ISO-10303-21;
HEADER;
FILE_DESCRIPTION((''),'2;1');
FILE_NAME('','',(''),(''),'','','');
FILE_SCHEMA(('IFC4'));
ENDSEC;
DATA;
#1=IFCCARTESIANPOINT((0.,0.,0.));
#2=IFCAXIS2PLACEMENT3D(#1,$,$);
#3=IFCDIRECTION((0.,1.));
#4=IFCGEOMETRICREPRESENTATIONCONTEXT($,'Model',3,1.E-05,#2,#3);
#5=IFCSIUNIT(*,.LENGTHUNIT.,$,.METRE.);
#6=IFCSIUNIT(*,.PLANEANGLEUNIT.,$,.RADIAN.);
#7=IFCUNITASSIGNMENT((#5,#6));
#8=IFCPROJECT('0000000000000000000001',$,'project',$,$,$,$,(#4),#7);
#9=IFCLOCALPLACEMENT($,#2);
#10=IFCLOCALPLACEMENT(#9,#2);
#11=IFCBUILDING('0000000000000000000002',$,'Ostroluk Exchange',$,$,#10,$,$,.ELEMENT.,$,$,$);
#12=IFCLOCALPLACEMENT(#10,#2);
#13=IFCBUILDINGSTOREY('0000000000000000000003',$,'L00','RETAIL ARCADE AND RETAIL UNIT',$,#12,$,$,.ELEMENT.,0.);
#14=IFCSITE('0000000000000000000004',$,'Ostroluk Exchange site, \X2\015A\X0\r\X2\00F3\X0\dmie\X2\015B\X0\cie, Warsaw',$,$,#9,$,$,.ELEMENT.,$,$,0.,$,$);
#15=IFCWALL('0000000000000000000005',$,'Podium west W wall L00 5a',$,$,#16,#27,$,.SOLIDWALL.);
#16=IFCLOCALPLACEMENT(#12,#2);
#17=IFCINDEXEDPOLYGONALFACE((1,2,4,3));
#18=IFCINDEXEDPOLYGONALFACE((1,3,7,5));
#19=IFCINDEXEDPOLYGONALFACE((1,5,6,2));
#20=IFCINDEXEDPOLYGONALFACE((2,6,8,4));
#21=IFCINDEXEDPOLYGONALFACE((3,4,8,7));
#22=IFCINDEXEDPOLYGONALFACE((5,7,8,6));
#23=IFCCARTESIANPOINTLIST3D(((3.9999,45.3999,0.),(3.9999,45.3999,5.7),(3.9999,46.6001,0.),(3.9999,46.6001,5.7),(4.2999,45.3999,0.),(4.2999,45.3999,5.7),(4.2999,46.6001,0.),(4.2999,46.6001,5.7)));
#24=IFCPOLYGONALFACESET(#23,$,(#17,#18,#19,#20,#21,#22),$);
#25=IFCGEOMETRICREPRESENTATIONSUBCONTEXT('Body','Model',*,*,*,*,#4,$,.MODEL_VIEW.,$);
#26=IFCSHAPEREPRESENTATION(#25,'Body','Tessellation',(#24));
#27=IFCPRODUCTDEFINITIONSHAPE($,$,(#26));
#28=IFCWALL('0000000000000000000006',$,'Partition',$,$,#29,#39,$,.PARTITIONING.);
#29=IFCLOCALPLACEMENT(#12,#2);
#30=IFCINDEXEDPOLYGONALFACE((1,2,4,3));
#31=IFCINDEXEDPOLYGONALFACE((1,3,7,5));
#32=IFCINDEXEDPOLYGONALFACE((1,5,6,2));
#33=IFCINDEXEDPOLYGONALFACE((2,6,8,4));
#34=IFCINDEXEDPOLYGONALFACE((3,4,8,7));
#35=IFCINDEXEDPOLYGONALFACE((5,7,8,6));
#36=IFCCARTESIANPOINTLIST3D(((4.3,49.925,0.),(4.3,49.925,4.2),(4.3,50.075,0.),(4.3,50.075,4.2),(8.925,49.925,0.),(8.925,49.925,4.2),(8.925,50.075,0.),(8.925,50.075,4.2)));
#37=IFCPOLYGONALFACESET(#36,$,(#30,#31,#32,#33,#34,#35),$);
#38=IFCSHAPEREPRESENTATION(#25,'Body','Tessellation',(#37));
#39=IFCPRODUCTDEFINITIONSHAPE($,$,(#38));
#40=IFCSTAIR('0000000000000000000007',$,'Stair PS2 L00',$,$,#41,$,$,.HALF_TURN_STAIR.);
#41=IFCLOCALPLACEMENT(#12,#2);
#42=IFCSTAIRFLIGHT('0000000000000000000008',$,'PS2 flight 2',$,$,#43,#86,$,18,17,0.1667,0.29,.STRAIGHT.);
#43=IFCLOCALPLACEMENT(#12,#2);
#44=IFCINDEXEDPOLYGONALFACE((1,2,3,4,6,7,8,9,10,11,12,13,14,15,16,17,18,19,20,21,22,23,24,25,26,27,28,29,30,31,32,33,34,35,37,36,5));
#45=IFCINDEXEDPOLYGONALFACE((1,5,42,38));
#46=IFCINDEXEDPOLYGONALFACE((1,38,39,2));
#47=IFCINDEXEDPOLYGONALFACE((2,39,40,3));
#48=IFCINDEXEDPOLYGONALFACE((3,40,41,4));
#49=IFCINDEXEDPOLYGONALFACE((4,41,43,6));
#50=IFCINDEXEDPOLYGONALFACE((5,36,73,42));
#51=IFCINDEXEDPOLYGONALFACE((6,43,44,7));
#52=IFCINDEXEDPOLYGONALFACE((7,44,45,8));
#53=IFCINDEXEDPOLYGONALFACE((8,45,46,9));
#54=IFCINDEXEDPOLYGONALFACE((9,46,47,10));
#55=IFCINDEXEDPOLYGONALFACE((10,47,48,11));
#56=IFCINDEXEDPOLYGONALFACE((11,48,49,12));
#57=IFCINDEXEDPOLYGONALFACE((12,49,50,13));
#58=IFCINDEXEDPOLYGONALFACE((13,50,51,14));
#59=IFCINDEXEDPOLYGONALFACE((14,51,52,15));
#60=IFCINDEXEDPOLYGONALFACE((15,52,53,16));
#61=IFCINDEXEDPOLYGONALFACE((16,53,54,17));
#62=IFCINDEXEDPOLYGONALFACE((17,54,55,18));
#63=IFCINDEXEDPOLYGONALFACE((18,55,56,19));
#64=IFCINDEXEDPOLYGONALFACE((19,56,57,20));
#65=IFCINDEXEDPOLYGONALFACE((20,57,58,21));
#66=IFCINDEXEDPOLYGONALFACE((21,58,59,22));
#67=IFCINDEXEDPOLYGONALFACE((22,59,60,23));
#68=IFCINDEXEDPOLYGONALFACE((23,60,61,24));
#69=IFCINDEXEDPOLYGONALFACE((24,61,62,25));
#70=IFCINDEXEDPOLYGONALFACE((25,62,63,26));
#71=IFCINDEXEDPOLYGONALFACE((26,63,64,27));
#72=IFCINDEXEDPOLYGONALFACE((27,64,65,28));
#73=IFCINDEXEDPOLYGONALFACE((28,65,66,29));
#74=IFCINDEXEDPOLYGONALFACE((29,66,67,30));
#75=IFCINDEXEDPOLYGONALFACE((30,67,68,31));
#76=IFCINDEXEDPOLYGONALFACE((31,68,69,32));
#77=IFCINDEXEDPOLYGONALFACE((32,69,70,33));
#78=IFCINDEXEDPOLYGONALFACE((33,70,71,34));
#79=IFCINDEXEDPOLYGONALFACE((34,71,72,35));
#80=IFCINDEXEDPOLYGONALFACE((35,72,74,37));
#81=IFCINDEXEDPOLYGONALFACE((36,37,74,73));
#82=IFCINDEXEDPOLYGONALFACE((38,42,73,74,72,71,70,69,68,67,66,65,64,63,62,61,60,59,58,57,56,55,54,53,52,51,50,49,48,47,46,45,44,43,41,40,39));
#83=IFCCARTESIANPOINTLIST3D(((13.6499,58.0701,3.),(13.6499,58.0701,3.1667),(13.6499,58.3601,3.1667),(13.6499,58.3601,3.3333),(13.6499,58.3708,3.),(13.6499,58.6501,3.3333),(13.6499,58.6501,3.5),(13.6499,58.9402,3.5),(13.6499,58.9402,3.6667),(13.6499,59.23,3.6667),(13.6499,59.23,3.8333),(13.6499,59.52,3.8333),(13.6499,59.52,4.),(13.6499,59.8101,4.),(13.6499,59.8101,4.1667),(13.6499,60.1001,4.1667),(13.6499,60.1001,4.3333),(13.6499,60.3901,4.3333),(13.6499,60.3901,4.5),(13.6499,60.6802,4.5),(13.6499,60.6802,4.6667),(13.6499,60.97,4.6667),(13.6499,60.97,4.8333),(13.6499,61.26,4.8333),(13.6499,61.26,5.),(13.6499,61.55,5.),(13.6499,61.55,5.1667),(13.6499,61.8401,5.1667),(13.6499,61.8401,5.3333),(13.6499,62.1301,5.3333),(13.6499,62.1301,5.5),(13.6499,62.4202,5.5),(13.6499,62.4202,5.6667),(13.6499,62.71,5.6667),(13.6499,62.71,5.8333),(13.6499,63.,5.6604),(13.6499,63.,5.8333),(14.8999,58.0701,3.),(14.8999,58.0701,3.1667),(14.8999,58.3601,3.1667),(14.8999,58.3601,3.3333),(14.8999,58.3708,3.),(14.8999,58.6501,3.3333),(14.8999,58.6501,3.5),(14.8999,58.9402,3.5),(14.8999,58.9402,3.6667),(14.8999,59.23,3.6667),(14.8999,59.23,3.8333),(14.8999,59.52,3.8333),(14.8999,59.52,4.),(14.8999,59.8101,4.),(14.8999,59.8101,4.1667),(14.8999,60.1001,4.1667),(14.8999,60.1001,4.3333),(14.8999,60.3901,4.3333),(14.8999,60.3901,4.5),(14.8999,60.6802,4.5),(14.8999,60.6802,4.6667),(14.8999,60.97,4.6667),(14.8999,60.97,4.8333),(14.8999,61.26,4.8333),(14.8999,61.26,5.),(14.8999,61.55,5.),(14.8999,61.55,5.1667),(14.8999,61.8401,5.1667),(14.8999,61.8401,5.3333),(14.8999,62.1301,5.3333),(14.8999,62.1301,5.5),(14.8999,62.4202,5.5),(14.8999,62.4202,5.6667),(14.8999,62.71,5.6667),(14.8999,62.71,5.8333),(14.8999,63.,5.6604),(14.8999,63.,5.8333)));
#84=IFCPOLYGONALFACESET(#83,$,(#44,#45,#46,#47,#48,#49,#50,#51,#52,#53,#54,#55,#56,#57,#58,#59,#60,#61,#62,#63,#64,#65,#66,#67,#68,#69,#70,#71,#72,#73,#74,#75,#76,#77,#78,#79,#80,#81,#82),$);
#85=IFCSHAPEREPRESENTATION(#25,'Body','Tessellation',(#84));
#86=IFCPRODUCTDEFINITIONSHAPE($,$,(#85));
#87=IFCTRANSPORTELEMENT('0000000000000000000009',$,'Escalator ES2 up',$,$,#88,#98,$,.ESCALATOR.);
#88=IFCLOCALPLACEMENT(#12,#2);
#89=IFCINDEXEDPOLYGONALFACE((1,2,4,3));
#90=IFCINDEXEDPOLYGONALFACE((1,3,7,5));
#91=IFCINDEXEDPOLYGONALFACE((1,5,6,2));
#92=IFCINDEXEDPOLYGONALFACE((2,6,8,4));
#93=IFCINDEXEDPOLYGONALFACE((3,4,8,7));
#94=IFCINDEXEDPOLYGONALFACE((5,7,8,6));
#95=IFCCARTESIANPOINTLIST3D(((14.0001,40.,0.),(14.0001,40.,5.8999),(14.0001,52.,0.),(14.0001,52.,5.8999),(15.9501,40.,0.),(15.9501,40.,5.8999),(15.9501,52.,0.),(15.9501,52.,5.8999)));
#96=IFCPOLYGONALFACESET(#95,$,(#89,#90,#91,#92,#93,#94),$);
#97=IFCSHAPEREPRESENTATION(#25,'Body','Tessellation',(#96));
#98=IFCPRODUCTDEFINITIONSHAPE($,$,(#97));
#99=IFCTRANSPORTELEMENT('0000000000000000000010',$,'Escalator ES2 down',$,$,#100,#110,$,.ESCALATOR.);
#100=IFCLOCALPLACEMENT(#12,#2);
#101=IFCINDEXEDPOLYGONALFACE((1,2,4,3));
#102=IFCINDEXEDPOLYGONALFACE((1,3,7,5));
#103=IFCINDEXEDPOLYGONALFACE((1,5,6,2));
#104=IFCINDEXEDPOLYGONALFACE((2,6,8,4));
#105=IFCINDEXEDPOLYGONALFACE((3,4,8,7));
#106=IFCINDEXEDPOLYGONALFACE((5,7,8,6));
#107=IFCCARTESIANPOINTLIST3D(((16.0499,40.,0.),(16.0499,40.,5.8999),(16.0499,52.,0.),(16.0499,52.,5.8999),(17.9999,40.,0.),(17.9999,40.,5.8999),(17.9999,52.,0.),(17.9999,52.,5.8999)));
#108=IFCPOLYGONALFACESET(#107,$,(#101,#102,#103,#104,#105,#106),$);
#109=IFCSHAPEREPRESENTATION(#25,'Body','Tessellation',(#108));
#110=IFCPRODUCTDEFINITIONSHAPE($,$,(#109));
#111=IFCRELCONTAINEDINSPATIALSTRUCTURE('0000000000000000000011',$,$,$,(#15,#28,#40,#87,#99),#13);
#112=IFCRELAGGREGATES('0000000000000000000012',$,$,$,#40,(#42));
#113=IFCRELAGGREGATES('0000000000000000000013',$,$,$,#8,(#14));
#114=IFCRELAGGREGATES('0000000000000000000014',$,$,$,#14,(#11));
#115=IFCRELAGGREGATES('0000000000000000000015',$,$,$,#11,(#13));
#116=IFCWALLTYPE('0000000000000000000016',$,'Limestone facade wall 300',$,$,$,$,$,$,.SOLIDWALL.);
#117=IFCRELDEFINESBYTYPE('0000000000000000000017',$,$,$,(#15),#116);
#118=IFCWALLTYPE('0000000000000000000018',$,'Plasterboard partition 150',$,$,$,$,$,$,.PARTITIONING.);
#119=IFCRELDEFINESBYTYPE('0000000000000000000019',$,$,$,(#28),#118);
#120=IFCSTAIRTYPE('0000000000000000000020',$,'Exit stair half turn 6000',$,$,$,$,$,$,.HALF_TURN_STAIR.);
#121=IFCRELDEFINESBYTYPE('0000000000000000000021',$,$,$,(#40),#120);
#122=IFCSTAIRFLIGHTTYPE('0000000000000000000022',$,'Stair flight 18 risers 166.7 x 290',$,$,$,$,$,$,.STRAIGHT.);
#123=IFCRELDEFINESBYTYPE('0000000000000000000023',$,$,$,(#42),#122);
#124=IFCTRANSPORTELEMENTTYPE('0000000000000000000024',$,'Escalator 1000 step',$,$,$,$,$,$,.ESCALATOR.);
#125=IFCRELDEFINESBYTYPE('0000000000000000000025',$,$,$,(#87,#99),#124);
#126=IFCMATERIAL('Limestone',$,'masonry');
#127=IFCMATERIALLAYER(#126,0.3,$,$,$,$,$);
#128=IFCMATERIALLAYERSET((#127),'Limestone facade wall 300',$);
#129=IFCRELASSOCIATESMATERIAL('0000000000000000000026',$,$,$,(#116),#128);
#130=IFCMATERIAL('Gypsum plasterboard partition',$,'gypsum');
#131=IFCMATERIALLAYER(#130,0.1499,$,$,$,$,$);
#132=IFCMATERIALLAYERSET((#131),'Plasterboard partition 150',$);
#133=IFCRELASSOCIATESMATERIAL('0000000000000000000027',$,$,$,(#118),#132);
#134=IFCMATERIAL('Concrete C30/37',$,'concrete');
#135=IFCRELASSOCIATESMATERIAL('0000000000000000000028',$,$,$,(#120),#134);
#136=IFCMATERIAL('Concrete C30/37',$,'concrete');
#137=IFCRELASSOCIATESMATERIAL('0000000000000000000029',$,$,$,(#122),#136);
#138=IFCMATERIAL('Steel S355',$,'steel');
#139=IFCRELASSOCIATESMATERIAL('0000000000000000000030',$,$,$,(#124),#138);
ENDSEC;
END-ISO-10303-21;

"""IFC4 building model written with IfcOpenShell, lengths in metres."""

from ifc_helpers import new_model, si_unit, direction, frame, frame_2d, origin, origin_2d, place, context, subcontext, project, spatial, polyline, rectangle, outline, extrude, material, layer, layer_set, type_object, element, aggregate, save


model = new_model("IFC4")

# Units and contexts
model_context = context("Model", 3, precision=1e-05, world=origin(), true_north=direction((0.0, 1.0)))
body_context = subcontext(model_context, "Body", "Model", "MODEL_VIEW")
ifc_project = project(units=[si_unit("LENGTHUNIT", "METRE"), si_unit("PLANEANGLEUNIT", "RADIAN")], contexts=[model_context])

# Site, building, storey
site_placement = place(None, origin())
site = spatial("IfcSite", under=ifc_project, at=site_placement, Name="Ostroluk Exchange site, Śródmieście, Warsaw", CompositionType="ELEMENT", RefElevation=0.0)
building_placement = place(site_placement, origin())
building = spatial("IfcBuilding", under=site, at=building_placement, Name="Ostroluk Exchange", CompositionType="ELEMENT")
storey_placement = place(building_placement, origin())
storey = spatial("IfcBuildingStorey", under=building, at=storey_placement, Name="L00", Description="RETAIL ARCADE AND RETAIL UNIT", CompositionType="ELEMENT", Elevation=0.0)

# Walls
ifc_material_1 = material(Name="Limestone", Category="masonry")
ifc_layer_1 = layer(ifc_material_1, 0.3)
ifc_layer_set_1 = layer_set([ifc_layer_1], Name="Limestone facade wall 300")
wall_type_1 = type_object("IfcWallType", Name="Limestone facade wall 300", PredefinedType="SOLIDWALL", material=ifc_layer_set_1)
wall_1_placement = place(storey_placement, frame((4.1499, 46.6001, 0.0), z_axis=(0.0, 0.0, 1.0), x_axis=(0.0, -1.0, 0.0)))
element("IfcWall", 1, at=wall_1_placement, inside=storey, type_object=wall_type_1, Name="Podium west W wall L00 5a", PredefinedType="SOLIDWALL", context=body_context, shape_type="SweptSolid", body=[
    extrude(rectangle(XDim=1.2002, YDim=0.3, at=frame_2d((0.6001, 0.0))), origin(), (0.0, 0.0, 1.0), 5.7),
])
ifc_material_2 = material(Name="Gypsum plasterboard partition", Category="gypsum")
ifc_layer_2 = layer(ifc_material_2, 0.1499)
ifc_layer_set_2 = layer_set([ifc_layer_2], Name="Plasterboard partition 150")
wall_type_2 = type_object("IfcWallType", Name="Plasterboard partition 150", PredefinedType="PARTITIONING", material=ifc_layer_set_2)
wall_2_placement = place(storey_placement, frame((8.925, 50.0, 0.0), z_axis=(0.0, 0.0, 1.0), x_axis=(-1.0, 0.0, 0.0)))
element("IfcWall", 2, at=wall_2_placement, inside=storey, type_object=wall_type_2, Name="Partition", PredefinedType="PARTITIONING", context=body_context, shape_type="SweptSolid", body=[
    extrude(rectangle(XDim=4.625, YDim=0.1499, at=frame_2d((2.3125, 0.0))), origin(), (0.0, 0.0, 1.0), 4.2),
])

# Stair, stair flight
ifc_material_3 = material(Name="Concrete C30/37", Category="concrete")
stair_type = type_object("IfcStairType", Name="Exit stair half turn 6000", PredefinedType="HALF_TURN_STAIR", material=ifc_material_3)
stair_placement = place(storey_placement, origin())
stair = element("IfcStair", 3, at=stair_placement, inside=storey, type_object=stair_type, Name="Stair PS2 L00", PredefinedType="HALF_TURN_STAIR")
ifc_material_4 = material(Name="Concrete C30/37", Category="concrete")
stair_flight_type = type_object("IfcStairFlightType", Name="Stair flight 18 risers 166.7 x 290", PredefinedType="STRAIGHT", material=ifc_material_4)
stair_flight_placement = place(storey_placement, frame((14.2749, 58.0701, 3.0), z_axis=(0.0, 0.0, 1.0), x_axis=(0.0, 1.0, 0.0)))
stair_flight = element("IfcStairFlight", 4, at=stair_flight_placement, type_object=stair_flight_type, Name="PS2 flight 2", NumberOfRisers=18, NumberOfTreads=17, PredefinedType="STRAIGHT", RiserHeight=0.1667, TreadLength=0.29, context=body_context, shape_type="SweptSolid", body=[
    extrude(outline(polyline([(0.0, 0.0), (0.0, 0.1667), (0.29, 0.1667), (0.29, 0.3333), (0.5801, 0.3333), (0.5801, 0.5), (0.8701, 0.5), (0.8701, 0.6667), (1.1599, 0.6667), (1.1599, 0.8333), (1.45, 0.8333), (1.45, 1.0), (1.74, 1.0), (1.74, 1.1667), (2.03, 1.1667), (2.03, 1.3333), (2.3201, 1.3333), (2.3201, 1.5), (2.6101, 1.5), (2.6101, 1.6667), (2.8999, 1.6667), (2.8999, 1.8333), (3.1899, 1.8333), (3.1899, 2.0), (3.48, 2.0), (3.48, 2.1667), (3.77, 2.1667), (3.77, 2.3333), (4.0601, 2.3333), (4.0601, 2.5), (4.3501, 2.5), (4.3501, 2.6667), (4.6399, 2.6667), (4.6399, 2.8333), (4.9299, 2.8333), (4.9299, 3.0), (4.9299, 2.6604), (0.3008, 0.0), (0.0, 0.0)])), frame((0.0, 0.625, 0.0), z_axis=(0.0, -1.0, 0.0), x_axis=(1.0, 0.0, 0.0)), (0.0, 0.0, 1.0), 1.25),
])
aggregate(stair, [stair_flight])

# Transport elements
ifc_material_5 = material(Name="Steel S355", Category="steel")
transport_element_type = type_object("IfcTransportElementType", Name="Escalator 1000 step", PredefinedType="ESCALATOR", material=ifc_material_5)
for number, where, z_axis, x_axis, name in (
    (5, (14.9751, 46.0, 0.0), (0.0, 0.0, 1.0), (1.0, 0.0, 0.0), "Escalator ES2 up"),
    (6, (17.0249, 46.0, 0.0), (0.0, 0.0, 1.0), (1.0, 0.0, 0.0), "Escalator ES2 down"),
):
    element("IfcTransportElement", number, at=place(storey_placement, frame(where, z_axis=z_axis, x_axis=x_axis)), inside=storey, type_object=transport_element_type, Name=name, PredefinedType="ESCALATOR", context=body_context, shape_type="SweptSolid", body=[
        extrude(rectangle(XDim=1.95, YDim=12.0, at=origin_2d()), origin(), (0.0, 0.0, 1.0), 5.8999),
    ])

save(model, "model.ifc")
